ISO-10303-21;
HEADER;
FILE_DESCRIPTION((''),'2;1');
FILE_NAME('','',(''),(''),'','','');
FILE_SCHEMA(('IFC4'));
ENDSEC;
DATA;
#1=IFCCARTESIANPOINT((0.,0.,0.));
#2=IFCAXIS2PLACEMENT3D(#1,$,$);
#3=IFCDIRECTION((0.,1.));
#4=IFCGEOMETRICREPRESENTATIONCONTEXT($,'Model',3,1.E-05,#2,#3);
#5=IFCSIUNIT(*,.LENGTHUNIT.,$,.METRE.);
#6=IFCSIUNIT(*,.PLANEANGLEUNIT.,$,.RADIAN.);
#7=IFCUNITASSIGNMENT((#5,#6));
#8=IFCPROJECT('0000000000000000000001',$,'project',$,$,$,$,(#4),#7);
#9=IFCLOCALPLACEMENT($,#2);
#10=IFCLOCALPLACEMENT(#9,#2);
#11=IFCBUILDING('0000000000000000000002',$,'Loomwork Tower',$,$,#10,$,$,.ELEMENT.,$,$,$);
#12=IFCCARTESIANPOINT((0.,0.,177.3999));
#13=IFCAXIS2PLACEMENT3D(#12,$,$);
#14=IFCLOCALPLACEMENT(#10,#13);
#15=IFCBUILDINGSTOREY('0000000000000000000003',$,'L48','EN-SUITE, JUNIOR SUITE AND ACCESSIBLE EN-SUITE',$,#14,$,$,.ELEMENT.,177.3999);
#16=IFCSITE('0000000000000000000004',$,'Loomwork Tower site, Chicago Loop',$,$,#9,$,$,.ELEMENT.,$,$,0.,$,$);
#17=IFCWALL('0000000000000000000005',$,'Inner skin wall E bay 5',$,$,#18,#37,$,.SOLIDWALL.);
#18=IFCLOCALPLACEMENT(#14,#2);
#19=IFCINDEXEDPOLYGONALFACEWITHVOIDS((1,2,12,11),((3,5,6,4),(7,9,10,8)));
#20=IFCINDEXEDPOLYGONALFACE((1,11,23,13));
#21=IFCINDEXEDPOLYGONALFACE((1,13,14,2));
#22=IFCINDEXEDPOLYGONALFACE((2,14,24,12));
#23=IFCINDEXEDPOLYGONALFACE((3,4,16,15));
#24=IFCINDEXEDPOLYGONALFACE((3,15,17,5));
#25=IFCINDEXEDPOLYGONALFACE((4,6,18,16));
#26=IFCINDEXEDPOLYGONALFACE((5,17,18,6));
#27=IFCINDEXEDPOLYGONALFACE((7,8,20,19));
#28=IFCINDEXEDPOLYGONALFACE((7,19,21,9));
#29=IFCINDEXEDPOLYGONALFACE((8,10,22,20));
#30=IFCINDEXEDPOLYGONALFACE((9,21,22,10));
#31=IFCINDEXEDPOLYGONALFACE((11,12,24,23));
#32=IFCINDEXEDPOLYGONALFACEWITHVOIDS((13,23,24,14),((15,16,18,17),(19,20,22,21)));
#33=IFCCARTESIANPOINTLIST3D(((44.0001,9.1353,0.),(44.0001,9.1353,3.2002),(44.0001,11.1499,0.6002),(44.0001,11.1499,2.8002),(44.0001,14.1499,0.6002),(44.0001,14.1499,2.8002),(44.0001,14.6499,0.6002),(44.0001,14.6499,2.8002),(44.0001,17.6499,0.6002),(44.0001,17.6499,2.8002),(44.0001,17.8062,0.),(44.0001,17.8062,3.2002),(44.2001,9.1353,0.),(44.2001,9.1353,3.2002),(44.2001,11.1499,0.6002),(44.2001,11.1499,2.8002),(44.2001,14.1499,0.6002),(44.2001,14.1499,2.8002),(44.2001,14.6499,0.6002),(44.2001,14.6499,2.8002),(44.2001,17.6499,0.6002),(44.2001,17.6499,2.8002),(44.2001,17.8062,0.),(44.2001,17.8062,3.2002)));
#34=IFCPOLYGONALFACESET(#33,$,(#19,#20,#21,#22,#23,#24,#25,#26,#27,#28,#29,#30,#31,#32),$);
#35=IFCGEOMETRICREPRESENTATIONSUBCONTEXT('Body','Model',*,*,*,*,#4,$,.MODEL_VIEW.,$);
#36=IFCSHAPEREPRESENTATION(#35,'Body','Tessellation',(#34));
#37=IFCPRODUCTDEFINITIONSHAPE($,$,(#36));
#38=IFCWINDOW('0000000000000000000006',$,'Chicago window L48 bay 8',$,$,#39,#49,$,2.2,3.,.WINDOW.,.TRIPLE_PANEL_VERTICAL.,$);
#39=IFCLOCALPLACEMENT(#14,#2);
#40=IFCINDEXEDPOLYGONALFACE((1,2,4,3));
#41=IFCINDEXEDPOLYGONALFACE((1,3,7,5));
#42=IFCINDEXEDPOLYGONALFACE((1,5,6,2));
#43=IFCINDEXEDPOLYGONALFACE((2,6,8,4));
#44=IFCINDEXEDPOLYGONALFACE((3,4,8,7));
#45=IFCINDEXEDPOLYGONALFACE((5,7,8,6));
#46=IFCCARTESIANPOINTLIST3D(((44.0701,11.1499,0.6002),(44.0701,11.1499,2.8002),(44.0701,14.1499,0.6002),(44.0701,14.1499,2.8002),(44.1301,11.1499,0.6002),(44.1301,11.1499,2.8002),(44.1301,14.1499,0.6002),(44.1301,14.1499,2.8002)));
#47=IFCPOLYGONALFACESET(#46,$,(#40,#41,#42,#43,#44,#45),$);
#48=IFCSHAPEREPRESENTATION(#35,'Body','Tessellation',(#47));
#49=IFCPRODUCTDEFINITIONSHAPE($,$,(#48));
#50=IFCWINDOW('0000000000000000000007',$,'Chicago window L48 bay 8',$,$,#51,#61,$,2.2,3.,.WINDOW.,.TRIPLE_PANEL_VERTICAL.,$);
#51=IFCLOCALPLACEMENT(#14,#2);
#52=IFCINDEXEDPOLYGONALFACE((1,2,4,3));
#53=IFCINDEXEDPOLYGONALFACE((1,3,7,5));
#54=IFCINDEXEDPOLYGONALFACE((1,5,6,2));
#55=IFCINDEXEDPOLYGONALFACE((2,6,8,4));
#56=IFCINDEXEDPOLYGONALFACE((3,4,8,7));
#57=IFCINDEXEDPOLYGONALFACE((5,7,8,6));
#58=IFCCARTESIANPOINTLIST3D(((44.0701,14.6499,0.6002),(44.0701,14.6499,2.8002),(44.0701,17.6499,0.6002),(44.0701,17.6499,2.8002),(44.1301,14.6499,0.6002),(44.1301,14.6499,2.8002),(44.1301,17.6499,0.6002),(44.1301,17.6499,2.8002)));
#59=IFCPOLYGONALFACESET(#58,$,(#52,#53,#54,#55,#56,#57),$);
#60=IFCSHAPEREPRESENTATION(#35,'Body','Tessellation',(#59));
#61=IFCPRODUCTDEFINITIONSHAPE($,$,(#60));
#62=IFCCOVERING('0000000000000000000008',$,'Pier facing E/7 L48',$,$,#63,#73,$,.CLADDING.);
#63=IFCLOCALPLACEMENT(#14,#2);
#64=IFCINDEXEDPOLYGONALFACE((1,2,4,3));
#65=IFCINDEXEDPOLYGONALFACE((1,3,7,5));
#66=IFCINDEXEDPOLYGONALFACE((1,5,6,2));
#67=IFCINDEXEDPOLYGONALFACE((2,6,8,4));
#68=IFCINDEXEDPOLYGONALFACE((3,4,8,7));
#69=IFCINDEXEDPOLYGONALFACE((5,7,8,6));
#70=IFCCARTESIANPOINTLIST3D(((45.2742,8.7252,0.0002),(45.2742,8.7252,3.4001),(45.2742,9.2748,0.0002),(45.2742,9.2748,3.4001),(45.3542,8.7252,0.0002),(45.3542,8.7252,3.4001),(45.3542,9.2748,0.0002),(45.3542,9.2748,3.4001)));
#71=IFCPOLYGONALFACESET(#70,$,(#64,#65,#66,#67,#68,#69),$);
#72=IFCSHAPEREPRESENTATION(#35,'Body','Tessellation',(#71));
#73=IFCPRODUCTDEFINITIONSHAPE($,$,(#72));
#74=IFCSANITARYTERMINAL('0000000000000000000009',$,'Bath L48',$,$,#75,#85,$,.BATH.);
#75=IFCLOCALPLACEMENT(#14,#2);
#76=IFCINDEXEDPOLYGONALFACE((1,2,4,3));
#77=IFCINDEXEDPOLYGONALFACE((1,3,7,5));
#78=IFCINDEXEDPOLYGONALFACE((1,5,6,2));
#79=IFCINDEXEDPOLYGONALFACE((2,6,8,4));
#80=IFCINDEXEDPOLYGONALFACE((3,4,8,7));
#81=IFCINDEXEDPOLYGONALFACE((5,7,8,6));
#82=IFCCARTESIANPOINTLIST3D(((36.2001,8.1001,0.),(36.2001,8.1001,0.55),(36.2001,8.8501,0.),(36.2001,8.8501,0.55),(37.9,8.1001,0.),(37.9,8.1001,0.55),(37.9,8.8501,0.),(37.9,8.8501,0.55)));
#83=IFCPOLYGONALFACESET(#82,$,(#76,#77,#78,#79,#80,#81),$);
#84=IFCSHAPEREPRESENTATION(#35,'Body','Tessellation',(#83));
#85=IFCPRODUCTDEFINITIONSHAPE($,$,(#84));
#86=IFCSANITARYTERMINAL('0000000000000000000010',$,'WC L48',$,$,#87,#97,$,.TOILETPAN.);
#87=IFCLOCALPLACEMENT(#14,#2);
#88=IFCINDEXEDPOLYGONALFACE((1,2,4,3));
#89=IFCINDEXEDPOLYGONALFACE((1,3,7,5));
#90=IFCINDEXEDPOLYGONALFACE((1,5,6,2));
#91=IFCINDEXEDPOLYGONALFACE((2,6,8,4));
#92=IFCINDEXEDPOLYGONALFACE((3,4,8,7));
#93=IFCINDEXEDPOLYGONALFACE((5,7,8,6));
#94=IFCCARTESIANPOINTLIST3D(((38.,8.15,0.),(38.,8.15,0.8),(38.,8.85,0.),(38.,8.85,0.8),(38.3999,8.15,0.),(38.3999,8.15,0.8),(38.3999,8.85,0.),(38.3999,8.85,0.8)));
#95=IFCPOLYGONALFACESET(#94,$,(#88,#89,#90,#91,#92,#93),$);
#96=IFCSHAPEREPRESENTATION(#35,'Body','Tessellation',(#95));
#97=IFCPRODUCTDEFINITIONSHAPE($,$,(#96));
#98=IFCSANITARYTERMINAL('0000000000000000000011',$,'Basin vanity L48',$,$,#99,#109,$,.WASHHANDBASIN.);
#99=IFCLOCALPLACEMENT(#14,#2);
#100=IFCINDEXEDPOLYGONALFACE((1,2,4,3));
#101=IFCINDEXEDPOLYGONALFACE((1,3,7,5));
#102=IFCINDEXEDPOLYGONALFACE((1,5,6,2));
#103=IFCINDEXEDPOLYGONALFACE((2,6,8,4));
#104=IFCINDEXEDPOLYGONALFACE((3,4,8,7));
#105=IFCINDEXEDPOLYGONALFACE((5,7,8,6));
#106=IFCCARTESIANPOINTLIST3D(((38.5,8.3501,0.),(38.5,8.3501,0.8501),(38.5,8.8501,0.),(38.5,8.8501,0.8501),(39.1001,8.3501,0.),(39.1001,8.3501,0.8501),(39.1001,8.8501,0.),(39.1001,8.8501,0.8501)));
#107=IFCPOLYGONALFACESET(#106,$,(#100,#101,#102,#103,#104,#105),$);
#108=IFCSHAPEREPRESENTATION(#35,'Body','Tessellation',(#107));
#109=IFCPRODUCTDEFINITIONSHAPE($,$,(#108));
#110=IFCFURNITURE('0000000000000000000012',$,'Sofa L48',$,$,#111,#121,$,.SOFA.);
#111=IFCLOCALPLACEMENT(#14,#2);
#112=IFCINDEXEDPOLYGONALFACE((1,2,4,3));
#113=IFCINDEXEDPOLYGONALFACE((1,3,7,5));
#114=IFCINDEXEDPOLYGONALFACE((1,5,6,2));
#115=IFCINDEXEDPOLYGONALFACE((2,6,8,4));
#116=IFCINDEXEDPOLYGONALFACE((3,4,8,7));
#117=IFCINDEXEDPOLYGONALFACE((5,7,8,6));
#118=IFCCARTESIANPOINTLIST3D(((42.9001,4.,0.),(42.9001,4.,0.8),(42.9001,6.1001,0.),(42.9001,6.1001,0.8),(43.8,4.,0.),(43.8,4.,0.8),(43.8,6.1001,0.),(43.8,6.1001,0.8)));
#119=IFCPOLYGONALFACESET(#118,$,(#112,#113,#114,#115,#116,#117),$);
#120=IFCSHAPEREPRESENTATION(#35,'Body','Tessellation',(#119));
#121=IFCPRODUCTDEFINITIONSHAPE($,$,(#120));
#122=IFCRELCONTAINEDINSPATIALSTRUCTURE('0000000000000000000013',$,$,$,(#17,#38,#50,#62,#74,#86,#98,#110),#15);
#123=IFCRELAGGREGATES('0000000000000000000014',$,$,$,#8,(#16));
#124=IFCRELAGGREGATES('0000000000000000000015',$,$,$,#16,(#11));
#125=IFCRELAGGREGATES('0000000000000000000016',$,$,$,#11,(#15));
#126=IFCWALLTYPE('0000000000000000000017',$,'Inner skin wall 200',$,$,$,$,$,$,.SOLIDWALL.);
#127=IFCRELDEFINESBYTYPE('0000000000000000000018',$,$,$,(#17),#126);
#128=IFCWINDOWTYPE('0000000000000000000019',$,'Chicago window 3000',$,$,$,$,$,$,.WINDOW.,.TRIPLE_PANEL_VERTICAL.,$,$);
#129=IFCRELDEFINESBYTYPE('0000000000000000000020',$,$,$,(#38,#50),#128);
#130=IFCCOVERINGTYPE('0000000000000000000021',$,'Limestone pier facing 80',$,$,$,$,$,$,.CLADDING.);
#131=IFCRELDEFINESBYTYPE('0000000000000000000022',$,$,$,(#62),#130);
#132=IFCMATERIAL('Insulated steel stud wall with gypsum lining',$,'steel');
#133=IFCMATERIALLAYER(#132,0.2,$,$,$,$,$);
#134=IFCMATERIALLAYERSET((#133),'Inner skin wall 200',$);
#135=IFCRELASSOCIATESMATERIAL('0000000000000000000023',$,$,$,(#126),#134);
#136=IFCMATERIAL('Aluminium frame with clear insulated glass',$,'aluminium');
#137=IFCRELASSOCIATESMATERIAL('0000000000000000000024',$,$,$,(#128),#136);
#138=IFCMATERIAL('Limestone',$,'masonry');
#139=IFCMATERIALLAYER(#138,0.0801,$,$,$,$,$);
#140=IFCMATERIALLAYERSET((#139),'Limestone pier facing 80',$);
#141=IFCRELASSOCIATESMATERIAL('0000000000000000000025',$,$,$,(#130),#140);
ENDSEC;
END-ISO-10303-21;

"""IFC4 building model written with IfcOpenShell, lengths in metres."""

from ifc_helpers import new_model, si_unit, direction, frame, frame_2d, origin, origin_2d, place, context, subcontext, project, spatial, rectangle, extrude, material, layer, layer_set, type_object, element, fill, save


model = new_model("IFC4")

# Units and contexts
model_context = context("Model", 3, precision=1e-05, world=origin(), true_north=direction((0.0, 1.0)))
body_context = subcontext(model_context, "Body", "Model", "MODEL_VIEW")
ifc_project = project(units=[si_unit("LENGTHUNIT", "METRE"), si_unit("PLANEANGLEUNIT", "RADIAN")], contexts=[model_context])

# Site, building, storey
site_placement = place(None, origin())
site = spatial("IfcSite", under=ifc_project, at=site_placement, Name="Loomwork Tower site, Chicago Loop", CompositionType="ELEMENT", RefElevation=0.0)
building_placement = place(site_placement, origin())
building = spatial("IfcBuilding", under=site, at=building_placement, Name="Loomwork Tower", CompositionType="ELEMENT")
storey_placement = place(building_placement, frame((0.0, 0.0, 177.3999)))
storey = spatial("IfcBuildingStorey", under=building, at=storey_placement, Name="L48", Description="EN-SUITE, JUNIOR SUITE AND ACCESSIBLE EN-SUITE", CompositionType="ELEMENT", Elevation=177.3999)

# Shared definitions
ifc_material_1 = material(Name="Insulated steel stud wall with gypsum lining", Category="steel")
ifc_layer_1 = layer(ifc_material_1, 0.2)
ifc_layer_set_1 = layer_set([ifc_layer_1], Name="Inner skin wall 200")
wall_type_1 = type_object("IfcWallType", Name="Inner skin wall 200", PredefinedType="SOLIDWALL", material=ifc_layer_set_1)

# Wall, openings, windows
wall_1_placement = place(storey_placement, frame((44.1001, 9.1353, 0.0), z_axis=(0.0, 0.0, 1.0), x_axis=(0.0, 1.0, 0.0)))
wall_1 = element("IfcWall", 1, at=wall_1_placement, inside=storey, type_object=wall_type_1, Name="Inner skin wall E bay 5", PredefinedType="SOLIDWALL", context=body_context, shape_type="SweptSolid", body=[
    extrude(rectangle(XDim=8.6709, YDim=0.2, at=frame_2d((4.3354, 0.0))), origin(), (0.0, 0.0, 1.0), 3.2002),
])
opening_1_placement = place(wall_1_placement, frame((2.0146, 0.0, 0.6001)))
opening_1 = element("IfcOpeningElement", 2, at=opening_1_placement, cuts=wall_1, PredefinedType="OPENING", context=body_context, shape_type="SweptSolid", body=[
    extrude(rectangle(XDim=3.0, YDim=2.2, at=frame_2d((1.5, 1.1001))), frame((0.0, 0.1099, 0.0), z_axis=(0.0, -1.0, 0.0), x_axis=(1.0, 0.0, 0.0)), (0.0, 0.0, 1.0), 0.22),
])
opening_2_placement = place(wall_1_placement, frame((5.5146, 0.0, 0.6001)))
opening_2 = element("IfcOpeningElement", 3, at=opening_2_placement, cuts=wall_1, PredefinedType="OPENING", context=body_context, shape_type="SweptSolid", body=[
    extrude(rectangle(XDim=3.0, YDim=2.2, at=frame_2d((1.5, 1.1001))), frame((0.0, 0.1099, 0.0), z_axis=(0.0, -1.0, 0.0), x_axis=(1.0, 0.0, 0.0)), (0.0, 0.0, 1.0), 0.22),
])
ifc_material_2 = material(Name="Aluminium frame with clear insulated glass", Category="aluminium")
window_type = type_object("IfcWindowType", Name="Chicago window 3000", PartitioningType="TRIPLE_PANEL_VERTICAL", PredefinedType="WINDOW", material=ifc_material_2)
window_1_placement = place(opening_1_placement, origin())
window_1 = element("IfcWindow", 4, at=window_1_placement, inside=storey, type_object=window_type, Name="Chicago window L48 bay 8", OverallHeight=2.2, OverallWidth=3.0, PartitioningType="TRIPLE_PANEL_VERTICAL", PredefinedType="WINDOW", context=body_context, shape_type="SweptSolid", body=[
    extrude(rectangle(XDim=3.0, YDim=2.2, at=frame_2d((1.5, 1.1001))), frame((0.0, 0.03, 0.0), z_axis=(0.0, -1.0, 0.0), x_axis=(1.0, 0.0, 0.0)), (0.0, 0.0, 1.0), 0.0601),
])
fill(opening_1, window_1)
window_2_placement = place(opening_2_placement, origin())
window_2 = element("IfcWindow", 5, at=window_2_placement, inside=storey, type_object=window_type, Name="Chicago window L48 bay 8", OverallHeight=2.2, OverallWidth=3.0, PartitioningType="TRIPLE_PANEL_VERTICAL", PredefinedType="WINDOW", context=body_context, shape_type="SweptSolid", body=[
    extrude(rectangle(XDim=3.0, YDim=2.2, at=frame_2d((1.5, 1.1001))), frame((0.0, 0.03, 0.0), z_axis=(0.0, -1.0, 0.0), x_axis=(1.0, 0.0, 0.0)), (0.0, 0.0, 1.0), 0.0601),
])
fill(opening_2, window_2)

# Covering
ifc_material_3 = material(Name="Limestone", Category="masonry")
ifc_layer_2 = layer(ifc_material_3, 0.0801)
ifc_layer_set_2 = layer_set([ifc_layer_2], Name="Limestone pier facing 80")
covering_type = type_object("IfcCoveringType", Name="Limestone pier facing 80", PredefinedType="CLADDING", material=ifc_layer_set_2)
covering_placement = place(storey_placement, frame((45.3142, 9.0, 0.0002), z_axis=(0.0, 0.0, 1.0), x_axis=(1.0, 0.0, 0.0)))
element("IfcCovering", 6, at=covering_placement, inside=storey, type_object=covering_type, Name="Pier facing E/7 L48", PredefinedType="CLADDING", context=body_context, shape_type="SweptSolid", body=[
    extrude(rectangle(XDim=0.0801, YDim=0.5496, at=origin_2d()), origin(), (0.0, 0.0, 1.0), 3.3999),
])

# Sanitary terminals
sanitary_terminal_1_placement = place(storey_placement, frame((37.05, 8.4751, 0.0), z_axis=(0.0, 0.0, 1.0), x_axis=(1.0, 0.0, 0.0)))
element("IfcSanitaryTerminal", 7, at=sanitary_terminal_1_placement, inside=storey, Name="Bath L48", PredefinedType="BATH", context=body_context, shape_type="SweptSolid", body=[
    extrude(rectangle(XDim=1.7, YDim=0.75, at=origin_2d()), origin(), (0.0, 0.0, 1.0), 0.55),
])
sanitary_terminal_2_placement = place(storey_placement, frame((38.2, 8.5, 0.0), z_axis=(0.0, 0.0, 1.0), x_axis=(1.0, 0.0, 0.0)))
element("IfcSanitaryTerminal", 8, at=sanitary_terminal_2_placement, inside=storey, Name="WC L48", PredefinedType="TOILETPAN", context=body_context, shape_type="SweptSolid", body=[
    extrude(rectangle(XDim=0.3999, YDim=0.7, at=origin_2d()), origin(), (0.0, 0.0, 1.0), 0.8),
])
sanitary_terminal_3_placement = place(storey_placement, frame((38.8, 8.6001, 0.0), z_axis=(0.0, 0.0, 1.0), x_axis=(1.0, 0.0, 0.0)))
element("IfcSanitaryTerminal", 9, at=sanitary_terminal_3_placement, inside=storey, Name="Basin vanity L48", PredefinedType="WASHHANDBASIN", context=body_context, shape_type="SweptSolid", body=[
    extrude(rectangle(XDim=0.6001, YDim=0.5, at=origin_2d()), origin(), (0.0, 0.0, 1.0), 0.8501),
])

# Furniture
furniture_placement = place(storey_placement, frame((43.3501, 5.05, 0.0), z_axis=(0.0, 0.0, 1.0), x_axis=(1.0, 0.0, 0.0)))
element("IfcFurniture", 10, at=furniture_placement, inside=storey, Name="Sofa L48", PredefinedType="SOFA", context=body_context, shape_type="SweptSolid", body=[
    extrude(rectangle(XDim=0.8999, YDim=2.1001, at=origin_2d()), origin(), (0.0, 0.0, 1.0), 0.8),
])

save(model, "model.ifc")
